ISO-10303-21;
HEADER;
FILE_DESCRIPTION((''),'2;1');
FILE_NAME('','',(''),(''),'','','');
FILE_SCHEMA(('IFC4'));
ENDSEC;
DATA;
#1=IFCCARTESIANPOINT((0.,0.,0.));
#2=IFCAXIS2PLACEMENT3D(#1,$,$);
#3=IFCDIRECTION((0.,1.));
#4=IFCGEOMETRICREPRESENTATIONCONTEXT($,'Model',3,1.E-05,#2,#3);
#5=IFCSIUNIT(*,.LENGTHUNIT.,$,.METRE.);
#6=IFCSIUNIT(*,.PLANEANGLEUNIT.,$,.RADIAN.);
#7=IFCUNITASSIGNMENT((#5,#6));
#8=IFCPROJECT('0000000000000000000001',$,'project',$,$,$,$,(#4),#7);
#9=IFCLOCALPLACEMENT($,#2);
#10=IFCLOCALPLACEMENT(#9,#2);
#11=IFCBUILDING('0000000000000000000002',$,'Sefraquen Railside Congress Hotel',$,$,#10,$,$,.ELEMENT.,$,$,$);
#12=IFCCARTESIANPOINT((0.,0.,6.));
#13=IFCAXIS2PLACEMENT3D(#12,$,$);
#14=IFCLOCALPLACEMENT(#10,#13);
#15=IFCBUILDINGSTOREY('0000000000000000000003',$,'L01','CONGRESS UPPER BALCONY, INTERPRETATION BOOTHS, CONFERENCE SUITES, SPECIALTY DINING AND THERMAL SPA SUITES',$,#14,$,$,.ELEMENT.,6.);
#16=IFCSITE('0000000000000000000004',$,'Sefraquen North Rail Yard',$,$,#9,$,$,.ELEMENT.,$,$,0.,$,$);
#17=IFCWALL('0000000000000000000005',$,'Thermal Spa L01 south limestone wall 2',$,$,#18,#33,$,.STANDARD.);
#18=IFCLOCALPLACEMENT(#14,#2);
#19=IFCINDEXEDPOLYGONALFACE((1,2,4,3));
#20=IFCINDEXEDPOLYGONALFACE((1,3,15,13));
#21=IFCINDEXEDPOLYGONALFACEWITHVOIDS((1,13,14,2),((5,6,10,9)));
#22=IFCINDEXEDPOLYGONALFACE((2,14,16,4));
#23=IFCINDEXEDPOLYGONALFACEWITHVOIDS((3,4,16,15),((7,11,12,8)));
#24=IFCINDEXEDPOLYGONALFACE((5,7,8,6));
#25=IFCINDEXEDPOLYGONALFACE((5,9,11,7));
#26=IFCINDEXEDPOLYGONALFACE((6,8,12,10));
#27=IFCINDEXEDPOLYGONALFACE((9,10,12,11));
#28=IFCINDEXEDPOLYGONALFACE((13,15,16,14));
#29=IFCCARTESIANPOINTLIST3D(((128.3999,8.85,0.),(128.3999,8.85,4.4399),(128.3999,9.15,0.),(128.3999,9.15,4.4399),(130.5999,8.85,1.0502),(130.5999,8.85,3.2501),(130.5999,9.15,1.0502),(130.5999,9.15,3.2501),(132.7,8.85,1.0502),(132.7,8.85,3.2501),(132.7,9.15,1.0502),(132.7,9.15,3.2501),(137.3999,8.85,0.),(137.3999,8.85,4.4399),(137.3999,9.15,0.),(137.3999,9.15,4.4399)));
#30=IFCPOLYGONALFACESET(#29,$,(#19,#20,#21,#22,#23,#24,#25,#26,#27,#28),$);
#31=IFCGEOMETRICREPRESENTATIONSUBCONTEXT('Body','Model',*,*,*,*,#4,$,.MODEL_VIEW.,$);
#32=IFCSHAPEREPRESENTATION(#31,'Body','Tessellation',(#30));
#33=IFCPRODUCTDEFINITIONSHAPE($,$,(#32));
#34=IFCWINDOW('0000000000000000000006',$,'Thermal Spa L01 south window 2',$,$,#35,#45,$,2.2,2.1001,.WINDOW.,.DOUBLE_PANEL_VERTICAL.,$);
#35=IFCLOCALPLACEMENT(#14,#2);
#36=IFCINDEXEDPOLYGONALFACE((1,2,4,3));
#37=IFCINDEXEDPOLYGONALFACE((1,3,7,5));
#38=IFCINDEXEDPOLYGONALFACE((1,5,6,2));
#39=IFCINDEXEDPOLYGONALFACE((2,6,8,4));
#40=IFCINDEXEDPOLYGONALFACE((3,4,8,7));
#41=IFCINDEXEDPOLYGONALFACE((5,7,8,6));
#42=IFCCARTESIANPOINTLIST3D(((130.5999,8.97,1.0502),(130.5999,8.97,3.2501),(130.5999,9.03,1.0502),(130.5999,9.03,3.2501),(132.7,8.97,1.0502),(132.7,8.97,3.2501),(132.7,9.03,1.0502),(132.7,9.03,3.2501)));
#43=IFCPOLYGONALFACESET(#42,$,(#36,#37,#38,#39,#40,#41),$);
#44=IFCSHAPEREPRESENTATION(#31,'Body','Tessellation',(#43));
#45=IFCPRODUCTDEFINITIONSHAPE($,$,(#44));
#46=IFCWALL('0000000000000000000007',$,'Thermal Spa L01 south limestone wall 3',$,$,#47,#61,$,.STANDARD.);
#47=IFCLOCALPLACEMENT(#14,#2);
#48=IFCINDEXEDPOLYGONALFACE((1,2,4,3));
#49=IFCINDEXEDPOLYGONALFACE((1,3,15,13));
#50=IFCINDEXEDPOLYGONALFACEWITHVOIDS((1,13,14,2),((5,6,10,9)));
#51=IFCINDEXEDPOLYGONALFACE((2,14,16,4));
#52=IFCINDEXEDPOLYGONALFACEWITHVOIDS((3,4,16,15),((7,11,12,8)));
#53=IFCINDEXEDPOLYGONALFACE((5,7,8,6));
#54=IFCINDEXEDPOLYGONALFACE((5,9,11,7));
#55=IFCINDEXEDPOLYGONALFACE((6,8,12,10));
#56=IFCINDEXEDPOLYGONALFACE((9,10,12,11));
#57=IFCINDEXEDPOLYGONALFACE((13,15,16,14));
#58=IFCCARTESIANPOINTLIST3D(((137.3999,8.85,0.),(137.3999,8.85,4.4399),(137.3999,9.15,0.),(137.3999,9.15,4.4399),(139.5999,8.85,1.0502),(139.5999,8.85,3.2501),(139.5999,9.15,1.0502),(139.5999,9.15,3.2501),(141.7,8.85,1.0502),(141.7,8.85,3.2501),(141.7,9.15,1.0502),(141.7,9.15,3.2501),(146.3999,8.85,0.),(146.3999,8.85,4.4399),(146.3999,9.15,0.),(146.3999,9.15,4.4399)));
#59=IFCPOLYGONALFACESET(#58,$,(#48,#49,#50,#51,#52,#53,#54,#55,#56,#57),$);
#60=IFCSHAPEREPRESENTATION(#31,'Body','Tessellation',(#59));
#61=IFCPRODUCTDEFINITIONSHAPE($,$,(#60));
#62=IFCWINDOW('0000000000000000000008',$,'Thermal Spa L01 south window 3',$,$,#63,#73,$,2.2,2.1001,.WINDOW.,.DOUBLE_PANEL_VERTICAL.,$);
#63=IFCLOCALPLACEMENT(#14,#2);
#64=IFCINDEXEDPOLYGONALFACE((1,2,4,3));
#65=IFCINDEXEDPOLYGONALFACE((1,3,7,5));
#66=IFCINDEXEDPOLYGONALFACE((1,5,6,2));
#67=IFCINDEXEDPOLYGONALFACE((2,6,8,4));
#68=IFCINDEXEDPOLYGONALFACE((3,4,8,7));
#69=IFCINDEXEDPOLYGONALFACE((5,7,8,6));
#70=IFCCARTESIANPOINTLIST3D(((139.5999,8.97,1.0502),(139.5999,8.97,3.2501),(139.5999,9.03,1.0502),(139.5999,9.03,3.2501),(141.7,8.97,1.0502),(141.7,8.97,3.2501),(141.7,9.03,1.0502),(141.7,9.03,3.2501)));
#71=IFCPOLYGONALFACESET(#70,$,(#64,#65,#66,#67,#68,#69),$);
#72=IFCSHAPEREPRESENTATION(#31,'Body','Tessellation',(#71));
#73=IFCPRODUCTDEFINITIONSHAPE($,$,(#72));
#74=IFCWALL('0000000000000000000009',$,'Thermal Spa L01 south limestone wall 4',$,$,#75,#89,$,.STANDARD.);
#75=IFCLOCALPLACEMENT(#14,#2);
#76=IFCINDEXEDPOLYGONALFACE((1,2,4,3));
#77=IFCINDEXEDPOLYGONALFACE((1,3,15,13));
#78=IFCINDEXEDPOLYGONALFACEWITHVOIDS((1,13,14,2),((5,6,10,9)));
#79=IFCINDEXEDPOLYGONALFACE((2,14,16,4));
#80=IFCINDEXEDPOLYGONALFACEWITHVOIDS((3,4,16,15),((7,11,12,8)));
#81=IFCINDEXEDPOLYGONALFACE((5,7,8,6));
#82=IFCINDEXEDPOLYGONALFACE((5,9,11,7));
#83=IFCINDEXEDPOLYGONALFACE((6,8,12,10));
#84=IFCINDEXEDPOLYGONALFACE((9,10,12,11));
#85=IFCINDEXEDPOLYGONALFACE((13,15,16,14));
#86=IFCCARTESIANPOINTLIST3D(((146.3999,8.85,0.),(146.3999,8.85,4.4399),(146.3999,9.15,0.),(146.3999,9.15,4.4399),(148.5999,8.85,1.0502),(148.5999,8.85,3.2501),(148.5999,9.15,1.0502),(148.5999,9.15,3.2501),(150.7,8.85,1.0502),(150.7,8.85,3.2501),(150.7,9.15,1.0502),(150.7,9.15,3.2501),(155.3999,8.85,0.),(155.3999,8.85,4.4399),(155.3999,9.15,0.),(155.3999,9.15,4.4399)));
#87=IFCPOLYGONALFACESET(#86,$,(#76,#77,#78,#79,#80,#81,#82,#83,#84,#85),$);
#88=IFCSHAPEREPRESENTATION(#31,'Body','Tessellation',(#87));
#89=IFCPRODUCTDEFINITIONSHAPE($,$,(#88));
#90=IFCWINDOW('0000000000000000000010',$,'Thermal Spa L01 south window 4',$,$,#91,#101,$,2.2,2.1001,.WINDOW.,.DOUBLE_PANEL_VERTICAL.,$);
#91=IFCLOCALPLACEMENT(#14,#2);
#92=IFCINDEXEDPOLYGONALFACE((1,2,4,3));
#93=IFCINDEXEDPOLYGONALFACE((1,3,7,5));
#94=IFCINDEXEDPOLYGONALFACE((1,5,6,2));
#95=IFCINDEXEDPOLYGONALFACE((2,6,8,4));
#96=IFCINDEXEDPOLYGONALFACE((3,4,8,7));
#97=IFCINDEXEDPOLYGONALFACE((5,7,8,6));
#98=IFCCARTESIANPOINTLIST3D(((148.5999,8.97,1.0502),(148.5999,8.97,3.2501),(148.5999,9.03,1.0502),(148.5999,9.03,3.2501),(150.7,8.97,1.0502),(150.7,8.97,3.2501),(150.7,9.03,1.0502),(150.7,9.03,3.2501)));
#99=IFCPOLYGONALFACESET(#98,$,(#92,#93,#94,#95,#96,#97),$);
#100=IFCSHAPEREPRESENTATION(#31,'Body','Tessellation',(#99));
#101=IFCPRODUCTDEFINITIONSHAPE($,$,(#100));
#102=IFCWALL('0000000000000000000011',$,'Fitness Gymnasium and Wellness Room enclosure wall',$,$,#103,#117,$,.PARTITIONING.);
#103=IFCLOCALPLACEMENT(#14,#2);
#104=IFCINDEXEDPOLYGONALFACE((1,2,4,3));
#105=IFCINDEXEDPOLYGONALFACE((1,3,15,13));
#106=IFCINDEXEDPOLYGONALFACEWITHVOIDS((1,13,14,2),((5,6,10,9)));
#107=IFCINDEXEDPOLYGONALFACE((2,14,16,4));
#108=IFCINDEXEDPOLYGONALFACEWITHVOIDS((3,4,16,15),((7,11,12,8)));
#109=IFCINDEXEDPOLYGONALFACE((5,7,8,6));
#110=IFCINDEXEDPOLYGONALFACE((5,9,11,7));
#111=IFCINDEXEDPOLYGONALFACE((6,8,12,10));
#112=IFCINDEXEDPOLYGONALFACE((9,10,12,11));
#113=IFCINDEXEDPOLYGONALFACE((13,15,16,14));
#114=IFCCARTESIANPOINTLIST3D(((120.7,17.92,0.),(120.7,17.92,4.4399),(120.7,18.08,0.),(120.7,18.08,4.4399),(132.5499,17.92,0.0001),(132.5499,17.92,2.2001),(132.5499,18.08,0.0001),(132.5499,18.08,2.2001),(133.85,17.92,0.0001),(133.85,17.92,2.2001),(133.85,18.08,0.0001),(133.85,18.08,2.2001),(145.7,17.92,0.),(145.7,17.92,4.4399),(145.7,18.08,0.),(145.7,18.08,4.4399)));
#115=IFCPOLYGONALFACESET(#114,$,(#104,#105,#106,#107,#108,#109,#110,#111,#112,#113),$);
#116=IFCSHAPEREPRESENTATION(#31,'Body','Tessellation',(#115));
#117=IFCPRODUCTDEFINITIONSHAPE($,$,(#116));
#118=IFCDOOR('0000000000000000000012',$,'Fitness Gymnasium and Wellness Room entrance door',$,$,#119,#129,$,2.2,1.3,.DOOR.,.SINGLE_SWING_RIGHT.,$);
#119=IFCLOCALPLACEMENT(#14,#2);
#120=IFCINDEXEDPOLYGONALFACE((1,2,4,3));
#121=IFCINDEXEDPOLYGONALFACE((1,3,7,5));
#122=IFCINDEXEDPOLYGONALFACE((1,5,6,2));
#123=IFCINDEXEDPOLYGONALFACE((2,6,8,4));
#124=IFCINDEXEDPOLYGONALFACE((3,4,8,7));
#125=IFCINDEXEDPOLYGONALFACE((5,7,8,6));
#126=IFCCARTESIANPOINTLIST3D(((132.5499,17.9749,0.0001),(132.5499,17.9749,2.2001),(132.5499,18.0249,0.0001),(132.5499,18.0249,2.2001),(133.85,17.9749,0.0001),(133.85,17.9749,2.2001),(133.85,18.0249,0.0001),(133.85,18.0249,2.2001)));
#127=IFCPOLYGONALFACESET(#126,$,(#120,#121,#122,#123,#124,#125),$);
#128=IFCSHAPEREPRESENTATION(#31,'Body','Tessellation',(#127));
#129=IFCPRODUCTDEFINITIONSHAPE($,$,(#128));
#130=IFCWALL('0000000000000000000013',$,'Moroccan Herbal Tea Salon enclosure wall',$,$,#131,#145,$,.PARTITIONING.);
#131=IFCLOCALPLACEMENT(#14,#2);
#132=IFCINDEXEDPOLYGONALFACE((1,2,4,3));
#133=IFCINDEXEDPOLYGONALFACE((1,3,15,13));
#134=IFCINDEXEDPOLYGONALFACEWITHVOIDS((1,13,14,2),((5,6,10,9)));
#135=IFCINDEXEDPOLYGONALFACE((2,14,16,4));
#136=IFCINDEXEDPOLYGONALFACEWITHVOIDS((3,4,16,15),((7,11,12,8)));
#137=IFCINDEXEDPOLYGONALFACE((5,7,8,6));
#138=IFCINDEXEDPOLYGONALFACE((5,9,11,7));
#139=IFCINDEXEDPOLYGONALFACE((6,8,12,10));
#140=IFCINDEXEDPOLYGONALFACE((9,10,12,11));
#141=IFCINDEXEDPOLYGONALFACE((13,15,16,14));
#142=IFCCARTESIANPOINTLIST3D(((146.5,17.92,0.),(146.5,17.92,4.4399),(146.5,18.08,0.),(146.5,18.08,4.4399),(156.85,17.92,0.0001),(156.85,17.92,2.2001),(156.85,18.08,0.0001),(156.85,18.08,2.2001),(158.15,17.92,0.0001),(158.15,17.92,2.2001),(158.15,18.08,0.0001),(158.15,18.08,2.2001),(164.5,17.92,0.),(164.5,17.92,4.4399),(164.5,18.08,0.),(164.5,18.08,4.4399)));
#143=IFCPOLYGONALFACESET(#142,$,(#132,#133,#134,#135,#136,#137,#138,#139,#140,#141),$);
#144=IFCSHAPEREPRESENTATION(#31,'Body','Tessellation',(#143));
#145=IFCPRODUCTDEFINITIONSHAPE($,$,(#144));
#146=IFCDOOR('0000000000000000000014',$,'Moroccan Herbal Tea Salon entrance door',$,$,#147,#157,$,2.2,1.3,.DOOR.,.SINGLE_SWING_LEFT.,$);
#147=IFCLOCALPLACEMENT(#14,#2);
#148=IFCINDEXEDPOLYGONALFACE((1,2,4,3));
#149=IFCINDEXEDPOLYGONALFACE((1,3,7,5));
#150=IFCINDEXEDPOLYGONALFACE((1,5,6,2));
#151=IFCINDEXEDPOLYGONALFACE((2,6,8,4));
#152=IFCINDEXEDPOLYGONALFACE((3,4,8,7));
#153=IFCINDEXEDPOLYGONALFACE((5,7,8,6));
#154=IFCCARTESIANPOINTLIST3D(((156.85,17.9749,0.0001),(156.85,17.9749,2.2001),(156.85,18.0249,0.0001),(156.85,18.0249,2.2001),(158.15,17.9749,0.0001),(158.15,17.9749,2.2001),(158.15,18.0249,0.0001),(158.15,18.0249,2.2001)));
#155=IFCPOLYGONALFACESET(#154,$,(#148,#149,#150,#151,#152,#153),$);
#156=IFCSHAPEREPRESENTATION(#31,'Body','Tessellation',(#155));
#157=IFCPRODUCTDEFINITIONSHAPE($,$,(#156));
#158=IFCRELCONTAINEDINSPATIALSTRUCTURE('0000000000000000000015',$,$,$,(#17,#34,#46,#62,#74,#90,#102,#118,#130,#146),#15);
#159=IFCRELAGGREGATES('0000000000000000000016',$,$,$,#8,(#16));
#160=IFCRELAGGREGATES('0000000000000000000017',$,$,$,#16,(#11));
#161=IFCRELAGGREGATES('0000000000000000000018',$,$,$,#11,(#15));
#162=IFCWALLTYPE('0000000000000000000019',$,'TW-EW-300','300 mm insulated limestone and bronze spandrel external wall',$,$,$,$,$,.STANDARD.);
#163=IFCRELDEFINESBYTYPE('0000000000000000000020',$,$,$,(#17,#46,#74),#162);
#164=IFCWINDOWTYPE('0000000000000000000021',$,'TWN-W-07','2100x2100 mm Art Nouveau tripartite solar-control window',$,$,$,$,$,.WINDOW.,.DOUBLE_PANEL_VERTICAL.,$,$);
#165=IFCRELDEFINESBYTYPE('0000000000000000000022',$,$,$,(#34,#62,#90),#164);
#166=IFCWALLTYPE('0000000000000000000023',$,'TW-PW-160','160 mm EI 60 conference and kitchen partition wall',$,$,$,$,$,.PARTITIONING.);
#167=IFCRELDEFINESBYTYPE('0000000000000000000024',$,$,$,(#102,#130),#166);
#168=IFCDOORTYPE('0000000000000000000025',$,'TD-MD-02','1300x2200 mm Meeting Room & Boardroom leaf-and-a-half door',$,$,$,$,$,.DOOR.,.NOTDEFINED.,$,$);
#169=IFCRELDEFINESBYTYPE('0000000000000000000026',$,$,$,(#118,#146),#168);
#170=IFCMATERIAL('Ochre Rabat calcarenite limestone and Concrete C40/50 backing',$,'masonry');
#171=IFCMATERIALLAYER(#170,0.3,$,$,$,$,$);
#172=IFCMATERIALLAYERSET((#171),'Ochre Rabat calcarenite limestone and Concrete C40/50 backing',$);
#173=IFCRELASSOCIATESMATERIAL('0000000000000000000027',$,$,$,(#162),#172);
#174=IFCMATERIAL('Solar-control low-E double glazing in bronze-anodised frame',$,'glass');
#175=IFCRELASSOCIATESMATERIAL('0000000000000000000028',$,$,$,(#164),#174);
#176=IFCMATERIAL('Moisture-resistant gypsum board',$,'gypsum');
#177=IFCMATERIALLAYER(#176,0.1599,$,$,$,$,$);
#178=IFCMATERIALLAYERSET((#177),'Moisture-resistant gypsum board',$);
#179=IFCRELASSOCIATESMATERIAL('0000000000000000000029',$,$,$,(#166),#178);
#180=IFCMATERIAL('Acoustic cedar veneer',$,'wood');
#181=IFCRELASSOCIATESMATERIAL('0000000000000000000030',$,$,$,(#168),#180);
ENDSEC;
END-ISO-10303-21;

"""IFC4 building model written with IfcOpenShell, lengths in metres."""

from ifc_helpers import new_model, si_unit, direction, frame, frame_2d, origin, place, context, subcontext, project, spatial, rectangle, extrude, material, layer, layer_set, type_object, element, fill, save


model = new_model("IFC4")

# Units and contexts
model_context = context("Model", 3, precision=1e-05, world=origin(), true_north=direction((0.0, 1.0)))
body_context = subcontext(model_context, "Body", "Model", "MODEL_VIEW")
ifc_project = project(units=[si_unit("LENGTHUNIT", "METRE"), si_unit("PLANEANGLEUNIT", "RADIAN")], contexts=[model_context])

# Site, building, storey
site_placement = place(None, origin())
site = spatial("IfcSite", under=ifc_project, at=site_placement, Name="Sefraquen North Rail Yard", CompositionType="ELEMENT", RefElevation=0.0)
building_placement = place(site_placement, origin())
building = spatial("IfcBuilding", under=site, at=building_placement, Name="Sefraquen Railside Congress Hotel", CompositionType="ELEMENT")
storey_placement = place(building_placement, frame((0.0, 0.0, 6.0)))
storey = spatial("IfcBuildingStorey", under=building, at=storey_placement, Name="L01", Description="CONGRESS UPPER BALCONY, INTERPRETATION BOOTHS, CONFERENCE SUITES, SPECIALTY DINING AND THERMAL SPA SUITES", CompositionType="ELEMENT", Elevation=6.0)

# Walls, openings, windows
ifc_material_1 = material(Name="Ochre Rabat calcarenite limestone and Concrete C40/50 backing", Category="masonry")
ifc_layer_1 = layer(ifc_material_1, 0.3)
ifc_layer_set_1 = layer_set([ifc_layer_1], Name="Ochre Rabat calcarenite limestone and Concrete C40/50 backing")
wall_type_1 = type_object("IfcWallType", Name="TW-EW-300", Description="300 mm insulated limestone and bronze spandrel external wall", PredefinedType="STANDARD", material=ifc_layer_set_1)
wall_1_placement = place(storey_placement, frame((128.3999, 9.0, 0.0), z_axis=(0.0, 0.0, 1.0), x_axis=(1.0, 0.0, 0.0)))
wall_1 = element("IfcWall", 1, at=wall_1_placement, inside=storey, type_object=wall_type_1, Name="Thermal Spa L01 south limestone wall 2", PredefinedType="STANDARD", context=body_context, shape_type="SweptSolid", body=[
    extrude(rectangle(XDim=9.0, YDim=0.3, at=frame_2d((4.5, 0.0))), origin(), (0.0, 0.0, 1.0), 4.4399),
])
opening_1_placement = place(wall_1_placement, frame((2.2, 0.0, 1.05)))
opening_1 = element("IfcOpeningElement", 2, at=opening_1_placement, cuts=wall_1, PredefinedType="OPENING", context=body_context, shape_type="SweptSolid", body=[
    extrude(rectangle(XDim=2.1001, YDim=2.2, at=frame_2d((1.05, 1.1001))), frame((0.0, 0.1599, 0.0), z_axis=(0.0, -1.0, 0.0), x_axis=(1.0, 0.0, 0.0)), (0.0, 0.0, 1.0), 0.3201),
])
ifc_material_2 = material(Name="Solar-control low-E double glazing in bronze-anodised frame", Category="glass")
window_type = type_object("IfcWindowType", Name="TWN-W-07", Description="2100x2100 mm Art Nouveau tripartite solar-control window", PartitioningType="DOUBLE_PANEL_VERTICAL", PredefinedType="WINDOW", material=ifc_material_2)
window_1_placement = place(opening_1_placement, origin())
window_1 = element("IfcWindow", 3, at=window_1_placement, inside=storey, type_object=window_type, Name="Thermal Spa L01 south window 2", OverallHeight=2.2, OverallWidth=2.1001, PartitioningType="DOUBLE_PANEL_VERTICAL", PredefinedType="WINDOW", context=body_context, shape_type="SweptSolid", body=[
    extrude(rectangle(XDim=2.1001, YDim=2.2, at=frame_2d((1.05, 1.1001))), frame((0.0, 0.03, 0.0), z_axis=(0.0, -1.0, 0.0), x_axis=(1.0, 0.0, 0.0)), (0.0, 0.0, 1.0), 0.0601),
])
fill(opening_1, window_1)
wall_2_placement = place(storey_placement, frame((137.3999, 9.0, 0.0), z_axis=(0.0, 0.0, 1.0), x_axis=(1.0, 0.0, 0.0)))
wall_2 = element("IfcWall", 4, at=wall_2_placement, inside=storey, type_object=wall_type_1, Name="Thermal Spa L01 south limestone wall 3", PredefinedType="STANDARD", context=body_context, shape_type="SweptSolid", body=[
    extrude(rectangle(XDim=9.0, YDim=0.3, at=frame_2d((4.5, 0.0))), origin(), (0.0, 0.0, 1.0), 4.4399),
])
opening_2_placement = place(wall_2_placement, frame((2.2, 0.0, 1.05)))
opening_2 = element("IfcOpeningElement", 5, at=opening_2_placement, cuts=wall_2, PredefinedType="OPENING", context=body_context, shape_type="SweptSolid", body=[
    extrude(rectangle(XDim=2.1001, YDim=2.2, at=frame_2d((1.05, 1.1001))), frame((0.0, 0.1599, 0.0), z_axis=(0.0, -1.0, 0.0), x_axis=(1.0, 0.0, 0.0)), (0.0, 0.0, 1.0), 0.3201),
])
window_2_placement = place(opening_2_placement, origin())
window_2 = element("IfcWindow", 6, at=window_2_placement, inside=storey, type_object=window_type, Name="Thermal Spa L01 south window 3", OverallHeight=2.2, OverallWidth=2.1001, PartitioningType="DOUBLE_PANEL_VERTICAL", PredefinedType="WINDOW", context=body_context, shape_type="SweptSolid", body=[
    extrude(rectangle(XDim=2.1001, YDim=2.2, at=frame_2d((1.05, 1.1001))), frame((0.0, 0.03, 0.0), z_axis=(0.0, -1.0, 0.0), x_axis=(1.0, 0.0, 0.0)), (0.0, 0.0, 1.0), 0.0601),
])
fill(opening_2, window_2)
wall_3_placement = place(storey_placement, frame((146.3999, 9.0, 0.0), z_axis=(0.0, 0.0, 1.0), x_axis=(1.0, 0.0, 0.0)))
wall_3 = element("IfcWall", 7, at=wall_3_placement, inside=storey, type_object=wall_type_1, Name="Thermal Spa L01 south limestone wall 4", PredefinedType="STANDARD", context=body_context, shape_type="SweptSolid", body=[
    extrude(rectangle(XDim=9.0, YDim=0.3, at=frame_2d((4.5, 0.0))), origin(), (0.0, 0.0, 1.0), 4.4399),
])
opening_3_placement = place(wall_3_placement, frame((2.2, 0.0, 1.05)))
opening_3 = element("IfcOpeningElement", 8, at=opening_3_placement, cuts=wall_3, PredefinedType="OPENING", context=body_context, shape_type="SweptSolid", body=[
    extrude(rectangle(XDim=2.1001, YDim=2.2, at=frame_2d((1.05, 1.1001))), frame((0.0, 0.1599, 0.0), z_axis=(0.0, -1.0, 0.0), x_axis=(1.0, 0.0, 0.0)), (0.0, 0.0, 1.0), 0.3201),
])
window_3_placement = place(opening_3_placement, origin())
window_3 = element("IfcWindow", 9, at=window_3_placement, inside=storey, type_object=window_type, Name="Thermal Spa L01 south window 4", OverallHeight=2.2, OverallWidth=2.1001, PartitioningType="DOUBLE_PANEL_VERTICAL", PredefinedType="WINDOW", context=body_context, shape_type="SweptSolid", body=[
    extrude(rectangle(XDim=2.1001, YDim=2.2, at=frame_2d((1.05, 1.1001))), frame((0.0, 0.03, 0.0), z_axis=(0.0, -1.0, 0.0), x_axis=(1.0, 0.0, 0.0)), (0.0, 0.0, 1.0), 0.0601),
])
fill(opening_3, window_3)

# Walls, openings, doors
ifc_material_3 = material(Name="Moisture-resistant gypsum board", Category="gypsum")
ifc_layer_2 = layer(ifc_material_3, 0.1599)
ifc_layer_set_2 = layer_set([ifc_layer_2], Name="Moisture-resistant gypsum board")
wall_type_2 = type_object("IfcWallType", Name="TW-PW-160", Description="160 mm EI 60 conference and kitchen partition wall", PredefinedType="PARTITIONING", material=ifc_layer_set_2)
wall_4_placement = place(storey_placement, frame((120.7, 18.0, 0.0), z_axis=(0.0, 0.0, 1.0), x_axis=(1.0, 0.0, 0.0)))
wall_4 = element("IfcWall", 10, at=wall_4_placement, inside=storey, type_object=wall_type_2, Name="Fitness Gymnasium and Wellness Room enclosure wall", PredefinedType="PARTITIONING", context=body_context, shape_type="SweptSolid", body=[
    extrude(rectangle(XDim=25.0, YDim=0.1599, at=frame_2d((12.5, 0.0))), origin(), (0.0, 0.0, 1.0), 4.4399),
])
opening_4_placement = place(wall_4_placement, frame((11.8501, 0.0, 0.0)))
opening_4 = element("IfcOpeningElement", 11, at=opening_4_placement, cuts=wall_4, PredefinedType="OPENING", context=body_context, shape_type="SweptSolid", body=[
    extrude(rectangle(XDim=1.3, YDim=2.2, at=frame_2d((0.6499, 1.1001))), frame((0.0, 0.0898, 0.0), z_axis=(0.0, -1.0, 0.0), x_axis=(1.0, 0.0, 0.0)), (0.0, 0.0, 1.0), 0.1799),
])
ifc_material_4 = material(Name="Acoustic cedar veneer", Category="wood")
door_type = type_object("IfcDoorType", Name="TD-MD-02", Description="1300x2200 mm Meeting Room & Boardroom leaf-and-a-half door", OperationType="NOTDEFINED", PredefinedType="DOOR", material=ifc_material_4)
door_1_placement = place(opening_4_placement, origin())
door_1 = element("IfcDoor", 12, at=door_1_placement, inside=storey, type_object=door_type, Name="Fitness Gymnasium and Wellness Room entrance door", OperationType="SINGLE_SWING_RIGHT", OverallHeight=2.2, OverallWidth=1.3, PredefinedType="DOOR", context=body_context, shape_type="SweptSolid", body=[
    extrude(rectangle(XDim=1.3, YDim=2.2, at=frame_2d((0.6499, 1.1001))), frame((0.0, 0.0249, 0.0), z_axis=(0.0, -1.0, 0.0), x_axis=(1.0, 0.0, 0.0)), (0.0, 0.0, 1.0), 0.05),
])
fill(opening_4, door_1)
wall_5_placement = place(storey_placement, frame((146.5, 18.0, 0.0), z_axis=(0.0, 0.0, 1.0), x_axis=(1.0, 0.0, 0.0)))
wall_5 = element("IfcWall", 13, at=wall_5_placement, inside=storey, type_object=wall_type_2, Name="Moroccan Herbal Tea Salon enclosure wall", PredefinedType="PARTITIONING", context=body_context, shape_type="SweptSolid", body=[
    extrude(rectangle(XDim=18.0, YDim=0.1599, at=frame_2d((9.0, 0.0))), origin(), (0.0, 0.0, 1.0), 4.4399),
])
opening_5_placement = place(wall_5_placement, frame((10.3501, 0.0, 0.0)))
opening_5 = element("IfcOpeningElement", 14, at=opening_5_placement, cuts=wall_5, PredefinedType="OPENING", context=body_context, shape_type="SweptSolid", body=[
    extrude(rectangle(XDim=1.3, YDim=2.2, at=frame_2d((0.6499, 1.1001))), frame((0.0, 0.0898, 0.0), z_axis=(0.0, -1.0, 0.0), x_axis=(1.0, 0.0, 0.0)), (0.0, 0.0, 1.0), 0.1799),
])
door_2_placement = place(opening_5_placement, origin())
door_2 = element("IfcDoor", 15, at=door_2_placement, inside=storey, type_object=door_type, Name="Moroccan Herbal Tea Salon entrance door", OperationType="SINGLE_SWING_LEFT", OverallHeight=2.2, OverallWidth=1.3, PredefinedType="DOOR", context=body_context, shape_type="SweptSolid", body=[
    extrude(rectangle(XDim=1.3, YDim=2.2, at=frame_2d((0.6499, 1.1001))), frame((0.0, 0.0249, 0.0), z_axis=(0.0, -1.0, 0.0), x_axis=(1.0, 0.0, 0.0)), (0.0, 0.0, 1.0), 0.05),
])
fill(opening_5, door_2)

save(model, "model.ifc")
